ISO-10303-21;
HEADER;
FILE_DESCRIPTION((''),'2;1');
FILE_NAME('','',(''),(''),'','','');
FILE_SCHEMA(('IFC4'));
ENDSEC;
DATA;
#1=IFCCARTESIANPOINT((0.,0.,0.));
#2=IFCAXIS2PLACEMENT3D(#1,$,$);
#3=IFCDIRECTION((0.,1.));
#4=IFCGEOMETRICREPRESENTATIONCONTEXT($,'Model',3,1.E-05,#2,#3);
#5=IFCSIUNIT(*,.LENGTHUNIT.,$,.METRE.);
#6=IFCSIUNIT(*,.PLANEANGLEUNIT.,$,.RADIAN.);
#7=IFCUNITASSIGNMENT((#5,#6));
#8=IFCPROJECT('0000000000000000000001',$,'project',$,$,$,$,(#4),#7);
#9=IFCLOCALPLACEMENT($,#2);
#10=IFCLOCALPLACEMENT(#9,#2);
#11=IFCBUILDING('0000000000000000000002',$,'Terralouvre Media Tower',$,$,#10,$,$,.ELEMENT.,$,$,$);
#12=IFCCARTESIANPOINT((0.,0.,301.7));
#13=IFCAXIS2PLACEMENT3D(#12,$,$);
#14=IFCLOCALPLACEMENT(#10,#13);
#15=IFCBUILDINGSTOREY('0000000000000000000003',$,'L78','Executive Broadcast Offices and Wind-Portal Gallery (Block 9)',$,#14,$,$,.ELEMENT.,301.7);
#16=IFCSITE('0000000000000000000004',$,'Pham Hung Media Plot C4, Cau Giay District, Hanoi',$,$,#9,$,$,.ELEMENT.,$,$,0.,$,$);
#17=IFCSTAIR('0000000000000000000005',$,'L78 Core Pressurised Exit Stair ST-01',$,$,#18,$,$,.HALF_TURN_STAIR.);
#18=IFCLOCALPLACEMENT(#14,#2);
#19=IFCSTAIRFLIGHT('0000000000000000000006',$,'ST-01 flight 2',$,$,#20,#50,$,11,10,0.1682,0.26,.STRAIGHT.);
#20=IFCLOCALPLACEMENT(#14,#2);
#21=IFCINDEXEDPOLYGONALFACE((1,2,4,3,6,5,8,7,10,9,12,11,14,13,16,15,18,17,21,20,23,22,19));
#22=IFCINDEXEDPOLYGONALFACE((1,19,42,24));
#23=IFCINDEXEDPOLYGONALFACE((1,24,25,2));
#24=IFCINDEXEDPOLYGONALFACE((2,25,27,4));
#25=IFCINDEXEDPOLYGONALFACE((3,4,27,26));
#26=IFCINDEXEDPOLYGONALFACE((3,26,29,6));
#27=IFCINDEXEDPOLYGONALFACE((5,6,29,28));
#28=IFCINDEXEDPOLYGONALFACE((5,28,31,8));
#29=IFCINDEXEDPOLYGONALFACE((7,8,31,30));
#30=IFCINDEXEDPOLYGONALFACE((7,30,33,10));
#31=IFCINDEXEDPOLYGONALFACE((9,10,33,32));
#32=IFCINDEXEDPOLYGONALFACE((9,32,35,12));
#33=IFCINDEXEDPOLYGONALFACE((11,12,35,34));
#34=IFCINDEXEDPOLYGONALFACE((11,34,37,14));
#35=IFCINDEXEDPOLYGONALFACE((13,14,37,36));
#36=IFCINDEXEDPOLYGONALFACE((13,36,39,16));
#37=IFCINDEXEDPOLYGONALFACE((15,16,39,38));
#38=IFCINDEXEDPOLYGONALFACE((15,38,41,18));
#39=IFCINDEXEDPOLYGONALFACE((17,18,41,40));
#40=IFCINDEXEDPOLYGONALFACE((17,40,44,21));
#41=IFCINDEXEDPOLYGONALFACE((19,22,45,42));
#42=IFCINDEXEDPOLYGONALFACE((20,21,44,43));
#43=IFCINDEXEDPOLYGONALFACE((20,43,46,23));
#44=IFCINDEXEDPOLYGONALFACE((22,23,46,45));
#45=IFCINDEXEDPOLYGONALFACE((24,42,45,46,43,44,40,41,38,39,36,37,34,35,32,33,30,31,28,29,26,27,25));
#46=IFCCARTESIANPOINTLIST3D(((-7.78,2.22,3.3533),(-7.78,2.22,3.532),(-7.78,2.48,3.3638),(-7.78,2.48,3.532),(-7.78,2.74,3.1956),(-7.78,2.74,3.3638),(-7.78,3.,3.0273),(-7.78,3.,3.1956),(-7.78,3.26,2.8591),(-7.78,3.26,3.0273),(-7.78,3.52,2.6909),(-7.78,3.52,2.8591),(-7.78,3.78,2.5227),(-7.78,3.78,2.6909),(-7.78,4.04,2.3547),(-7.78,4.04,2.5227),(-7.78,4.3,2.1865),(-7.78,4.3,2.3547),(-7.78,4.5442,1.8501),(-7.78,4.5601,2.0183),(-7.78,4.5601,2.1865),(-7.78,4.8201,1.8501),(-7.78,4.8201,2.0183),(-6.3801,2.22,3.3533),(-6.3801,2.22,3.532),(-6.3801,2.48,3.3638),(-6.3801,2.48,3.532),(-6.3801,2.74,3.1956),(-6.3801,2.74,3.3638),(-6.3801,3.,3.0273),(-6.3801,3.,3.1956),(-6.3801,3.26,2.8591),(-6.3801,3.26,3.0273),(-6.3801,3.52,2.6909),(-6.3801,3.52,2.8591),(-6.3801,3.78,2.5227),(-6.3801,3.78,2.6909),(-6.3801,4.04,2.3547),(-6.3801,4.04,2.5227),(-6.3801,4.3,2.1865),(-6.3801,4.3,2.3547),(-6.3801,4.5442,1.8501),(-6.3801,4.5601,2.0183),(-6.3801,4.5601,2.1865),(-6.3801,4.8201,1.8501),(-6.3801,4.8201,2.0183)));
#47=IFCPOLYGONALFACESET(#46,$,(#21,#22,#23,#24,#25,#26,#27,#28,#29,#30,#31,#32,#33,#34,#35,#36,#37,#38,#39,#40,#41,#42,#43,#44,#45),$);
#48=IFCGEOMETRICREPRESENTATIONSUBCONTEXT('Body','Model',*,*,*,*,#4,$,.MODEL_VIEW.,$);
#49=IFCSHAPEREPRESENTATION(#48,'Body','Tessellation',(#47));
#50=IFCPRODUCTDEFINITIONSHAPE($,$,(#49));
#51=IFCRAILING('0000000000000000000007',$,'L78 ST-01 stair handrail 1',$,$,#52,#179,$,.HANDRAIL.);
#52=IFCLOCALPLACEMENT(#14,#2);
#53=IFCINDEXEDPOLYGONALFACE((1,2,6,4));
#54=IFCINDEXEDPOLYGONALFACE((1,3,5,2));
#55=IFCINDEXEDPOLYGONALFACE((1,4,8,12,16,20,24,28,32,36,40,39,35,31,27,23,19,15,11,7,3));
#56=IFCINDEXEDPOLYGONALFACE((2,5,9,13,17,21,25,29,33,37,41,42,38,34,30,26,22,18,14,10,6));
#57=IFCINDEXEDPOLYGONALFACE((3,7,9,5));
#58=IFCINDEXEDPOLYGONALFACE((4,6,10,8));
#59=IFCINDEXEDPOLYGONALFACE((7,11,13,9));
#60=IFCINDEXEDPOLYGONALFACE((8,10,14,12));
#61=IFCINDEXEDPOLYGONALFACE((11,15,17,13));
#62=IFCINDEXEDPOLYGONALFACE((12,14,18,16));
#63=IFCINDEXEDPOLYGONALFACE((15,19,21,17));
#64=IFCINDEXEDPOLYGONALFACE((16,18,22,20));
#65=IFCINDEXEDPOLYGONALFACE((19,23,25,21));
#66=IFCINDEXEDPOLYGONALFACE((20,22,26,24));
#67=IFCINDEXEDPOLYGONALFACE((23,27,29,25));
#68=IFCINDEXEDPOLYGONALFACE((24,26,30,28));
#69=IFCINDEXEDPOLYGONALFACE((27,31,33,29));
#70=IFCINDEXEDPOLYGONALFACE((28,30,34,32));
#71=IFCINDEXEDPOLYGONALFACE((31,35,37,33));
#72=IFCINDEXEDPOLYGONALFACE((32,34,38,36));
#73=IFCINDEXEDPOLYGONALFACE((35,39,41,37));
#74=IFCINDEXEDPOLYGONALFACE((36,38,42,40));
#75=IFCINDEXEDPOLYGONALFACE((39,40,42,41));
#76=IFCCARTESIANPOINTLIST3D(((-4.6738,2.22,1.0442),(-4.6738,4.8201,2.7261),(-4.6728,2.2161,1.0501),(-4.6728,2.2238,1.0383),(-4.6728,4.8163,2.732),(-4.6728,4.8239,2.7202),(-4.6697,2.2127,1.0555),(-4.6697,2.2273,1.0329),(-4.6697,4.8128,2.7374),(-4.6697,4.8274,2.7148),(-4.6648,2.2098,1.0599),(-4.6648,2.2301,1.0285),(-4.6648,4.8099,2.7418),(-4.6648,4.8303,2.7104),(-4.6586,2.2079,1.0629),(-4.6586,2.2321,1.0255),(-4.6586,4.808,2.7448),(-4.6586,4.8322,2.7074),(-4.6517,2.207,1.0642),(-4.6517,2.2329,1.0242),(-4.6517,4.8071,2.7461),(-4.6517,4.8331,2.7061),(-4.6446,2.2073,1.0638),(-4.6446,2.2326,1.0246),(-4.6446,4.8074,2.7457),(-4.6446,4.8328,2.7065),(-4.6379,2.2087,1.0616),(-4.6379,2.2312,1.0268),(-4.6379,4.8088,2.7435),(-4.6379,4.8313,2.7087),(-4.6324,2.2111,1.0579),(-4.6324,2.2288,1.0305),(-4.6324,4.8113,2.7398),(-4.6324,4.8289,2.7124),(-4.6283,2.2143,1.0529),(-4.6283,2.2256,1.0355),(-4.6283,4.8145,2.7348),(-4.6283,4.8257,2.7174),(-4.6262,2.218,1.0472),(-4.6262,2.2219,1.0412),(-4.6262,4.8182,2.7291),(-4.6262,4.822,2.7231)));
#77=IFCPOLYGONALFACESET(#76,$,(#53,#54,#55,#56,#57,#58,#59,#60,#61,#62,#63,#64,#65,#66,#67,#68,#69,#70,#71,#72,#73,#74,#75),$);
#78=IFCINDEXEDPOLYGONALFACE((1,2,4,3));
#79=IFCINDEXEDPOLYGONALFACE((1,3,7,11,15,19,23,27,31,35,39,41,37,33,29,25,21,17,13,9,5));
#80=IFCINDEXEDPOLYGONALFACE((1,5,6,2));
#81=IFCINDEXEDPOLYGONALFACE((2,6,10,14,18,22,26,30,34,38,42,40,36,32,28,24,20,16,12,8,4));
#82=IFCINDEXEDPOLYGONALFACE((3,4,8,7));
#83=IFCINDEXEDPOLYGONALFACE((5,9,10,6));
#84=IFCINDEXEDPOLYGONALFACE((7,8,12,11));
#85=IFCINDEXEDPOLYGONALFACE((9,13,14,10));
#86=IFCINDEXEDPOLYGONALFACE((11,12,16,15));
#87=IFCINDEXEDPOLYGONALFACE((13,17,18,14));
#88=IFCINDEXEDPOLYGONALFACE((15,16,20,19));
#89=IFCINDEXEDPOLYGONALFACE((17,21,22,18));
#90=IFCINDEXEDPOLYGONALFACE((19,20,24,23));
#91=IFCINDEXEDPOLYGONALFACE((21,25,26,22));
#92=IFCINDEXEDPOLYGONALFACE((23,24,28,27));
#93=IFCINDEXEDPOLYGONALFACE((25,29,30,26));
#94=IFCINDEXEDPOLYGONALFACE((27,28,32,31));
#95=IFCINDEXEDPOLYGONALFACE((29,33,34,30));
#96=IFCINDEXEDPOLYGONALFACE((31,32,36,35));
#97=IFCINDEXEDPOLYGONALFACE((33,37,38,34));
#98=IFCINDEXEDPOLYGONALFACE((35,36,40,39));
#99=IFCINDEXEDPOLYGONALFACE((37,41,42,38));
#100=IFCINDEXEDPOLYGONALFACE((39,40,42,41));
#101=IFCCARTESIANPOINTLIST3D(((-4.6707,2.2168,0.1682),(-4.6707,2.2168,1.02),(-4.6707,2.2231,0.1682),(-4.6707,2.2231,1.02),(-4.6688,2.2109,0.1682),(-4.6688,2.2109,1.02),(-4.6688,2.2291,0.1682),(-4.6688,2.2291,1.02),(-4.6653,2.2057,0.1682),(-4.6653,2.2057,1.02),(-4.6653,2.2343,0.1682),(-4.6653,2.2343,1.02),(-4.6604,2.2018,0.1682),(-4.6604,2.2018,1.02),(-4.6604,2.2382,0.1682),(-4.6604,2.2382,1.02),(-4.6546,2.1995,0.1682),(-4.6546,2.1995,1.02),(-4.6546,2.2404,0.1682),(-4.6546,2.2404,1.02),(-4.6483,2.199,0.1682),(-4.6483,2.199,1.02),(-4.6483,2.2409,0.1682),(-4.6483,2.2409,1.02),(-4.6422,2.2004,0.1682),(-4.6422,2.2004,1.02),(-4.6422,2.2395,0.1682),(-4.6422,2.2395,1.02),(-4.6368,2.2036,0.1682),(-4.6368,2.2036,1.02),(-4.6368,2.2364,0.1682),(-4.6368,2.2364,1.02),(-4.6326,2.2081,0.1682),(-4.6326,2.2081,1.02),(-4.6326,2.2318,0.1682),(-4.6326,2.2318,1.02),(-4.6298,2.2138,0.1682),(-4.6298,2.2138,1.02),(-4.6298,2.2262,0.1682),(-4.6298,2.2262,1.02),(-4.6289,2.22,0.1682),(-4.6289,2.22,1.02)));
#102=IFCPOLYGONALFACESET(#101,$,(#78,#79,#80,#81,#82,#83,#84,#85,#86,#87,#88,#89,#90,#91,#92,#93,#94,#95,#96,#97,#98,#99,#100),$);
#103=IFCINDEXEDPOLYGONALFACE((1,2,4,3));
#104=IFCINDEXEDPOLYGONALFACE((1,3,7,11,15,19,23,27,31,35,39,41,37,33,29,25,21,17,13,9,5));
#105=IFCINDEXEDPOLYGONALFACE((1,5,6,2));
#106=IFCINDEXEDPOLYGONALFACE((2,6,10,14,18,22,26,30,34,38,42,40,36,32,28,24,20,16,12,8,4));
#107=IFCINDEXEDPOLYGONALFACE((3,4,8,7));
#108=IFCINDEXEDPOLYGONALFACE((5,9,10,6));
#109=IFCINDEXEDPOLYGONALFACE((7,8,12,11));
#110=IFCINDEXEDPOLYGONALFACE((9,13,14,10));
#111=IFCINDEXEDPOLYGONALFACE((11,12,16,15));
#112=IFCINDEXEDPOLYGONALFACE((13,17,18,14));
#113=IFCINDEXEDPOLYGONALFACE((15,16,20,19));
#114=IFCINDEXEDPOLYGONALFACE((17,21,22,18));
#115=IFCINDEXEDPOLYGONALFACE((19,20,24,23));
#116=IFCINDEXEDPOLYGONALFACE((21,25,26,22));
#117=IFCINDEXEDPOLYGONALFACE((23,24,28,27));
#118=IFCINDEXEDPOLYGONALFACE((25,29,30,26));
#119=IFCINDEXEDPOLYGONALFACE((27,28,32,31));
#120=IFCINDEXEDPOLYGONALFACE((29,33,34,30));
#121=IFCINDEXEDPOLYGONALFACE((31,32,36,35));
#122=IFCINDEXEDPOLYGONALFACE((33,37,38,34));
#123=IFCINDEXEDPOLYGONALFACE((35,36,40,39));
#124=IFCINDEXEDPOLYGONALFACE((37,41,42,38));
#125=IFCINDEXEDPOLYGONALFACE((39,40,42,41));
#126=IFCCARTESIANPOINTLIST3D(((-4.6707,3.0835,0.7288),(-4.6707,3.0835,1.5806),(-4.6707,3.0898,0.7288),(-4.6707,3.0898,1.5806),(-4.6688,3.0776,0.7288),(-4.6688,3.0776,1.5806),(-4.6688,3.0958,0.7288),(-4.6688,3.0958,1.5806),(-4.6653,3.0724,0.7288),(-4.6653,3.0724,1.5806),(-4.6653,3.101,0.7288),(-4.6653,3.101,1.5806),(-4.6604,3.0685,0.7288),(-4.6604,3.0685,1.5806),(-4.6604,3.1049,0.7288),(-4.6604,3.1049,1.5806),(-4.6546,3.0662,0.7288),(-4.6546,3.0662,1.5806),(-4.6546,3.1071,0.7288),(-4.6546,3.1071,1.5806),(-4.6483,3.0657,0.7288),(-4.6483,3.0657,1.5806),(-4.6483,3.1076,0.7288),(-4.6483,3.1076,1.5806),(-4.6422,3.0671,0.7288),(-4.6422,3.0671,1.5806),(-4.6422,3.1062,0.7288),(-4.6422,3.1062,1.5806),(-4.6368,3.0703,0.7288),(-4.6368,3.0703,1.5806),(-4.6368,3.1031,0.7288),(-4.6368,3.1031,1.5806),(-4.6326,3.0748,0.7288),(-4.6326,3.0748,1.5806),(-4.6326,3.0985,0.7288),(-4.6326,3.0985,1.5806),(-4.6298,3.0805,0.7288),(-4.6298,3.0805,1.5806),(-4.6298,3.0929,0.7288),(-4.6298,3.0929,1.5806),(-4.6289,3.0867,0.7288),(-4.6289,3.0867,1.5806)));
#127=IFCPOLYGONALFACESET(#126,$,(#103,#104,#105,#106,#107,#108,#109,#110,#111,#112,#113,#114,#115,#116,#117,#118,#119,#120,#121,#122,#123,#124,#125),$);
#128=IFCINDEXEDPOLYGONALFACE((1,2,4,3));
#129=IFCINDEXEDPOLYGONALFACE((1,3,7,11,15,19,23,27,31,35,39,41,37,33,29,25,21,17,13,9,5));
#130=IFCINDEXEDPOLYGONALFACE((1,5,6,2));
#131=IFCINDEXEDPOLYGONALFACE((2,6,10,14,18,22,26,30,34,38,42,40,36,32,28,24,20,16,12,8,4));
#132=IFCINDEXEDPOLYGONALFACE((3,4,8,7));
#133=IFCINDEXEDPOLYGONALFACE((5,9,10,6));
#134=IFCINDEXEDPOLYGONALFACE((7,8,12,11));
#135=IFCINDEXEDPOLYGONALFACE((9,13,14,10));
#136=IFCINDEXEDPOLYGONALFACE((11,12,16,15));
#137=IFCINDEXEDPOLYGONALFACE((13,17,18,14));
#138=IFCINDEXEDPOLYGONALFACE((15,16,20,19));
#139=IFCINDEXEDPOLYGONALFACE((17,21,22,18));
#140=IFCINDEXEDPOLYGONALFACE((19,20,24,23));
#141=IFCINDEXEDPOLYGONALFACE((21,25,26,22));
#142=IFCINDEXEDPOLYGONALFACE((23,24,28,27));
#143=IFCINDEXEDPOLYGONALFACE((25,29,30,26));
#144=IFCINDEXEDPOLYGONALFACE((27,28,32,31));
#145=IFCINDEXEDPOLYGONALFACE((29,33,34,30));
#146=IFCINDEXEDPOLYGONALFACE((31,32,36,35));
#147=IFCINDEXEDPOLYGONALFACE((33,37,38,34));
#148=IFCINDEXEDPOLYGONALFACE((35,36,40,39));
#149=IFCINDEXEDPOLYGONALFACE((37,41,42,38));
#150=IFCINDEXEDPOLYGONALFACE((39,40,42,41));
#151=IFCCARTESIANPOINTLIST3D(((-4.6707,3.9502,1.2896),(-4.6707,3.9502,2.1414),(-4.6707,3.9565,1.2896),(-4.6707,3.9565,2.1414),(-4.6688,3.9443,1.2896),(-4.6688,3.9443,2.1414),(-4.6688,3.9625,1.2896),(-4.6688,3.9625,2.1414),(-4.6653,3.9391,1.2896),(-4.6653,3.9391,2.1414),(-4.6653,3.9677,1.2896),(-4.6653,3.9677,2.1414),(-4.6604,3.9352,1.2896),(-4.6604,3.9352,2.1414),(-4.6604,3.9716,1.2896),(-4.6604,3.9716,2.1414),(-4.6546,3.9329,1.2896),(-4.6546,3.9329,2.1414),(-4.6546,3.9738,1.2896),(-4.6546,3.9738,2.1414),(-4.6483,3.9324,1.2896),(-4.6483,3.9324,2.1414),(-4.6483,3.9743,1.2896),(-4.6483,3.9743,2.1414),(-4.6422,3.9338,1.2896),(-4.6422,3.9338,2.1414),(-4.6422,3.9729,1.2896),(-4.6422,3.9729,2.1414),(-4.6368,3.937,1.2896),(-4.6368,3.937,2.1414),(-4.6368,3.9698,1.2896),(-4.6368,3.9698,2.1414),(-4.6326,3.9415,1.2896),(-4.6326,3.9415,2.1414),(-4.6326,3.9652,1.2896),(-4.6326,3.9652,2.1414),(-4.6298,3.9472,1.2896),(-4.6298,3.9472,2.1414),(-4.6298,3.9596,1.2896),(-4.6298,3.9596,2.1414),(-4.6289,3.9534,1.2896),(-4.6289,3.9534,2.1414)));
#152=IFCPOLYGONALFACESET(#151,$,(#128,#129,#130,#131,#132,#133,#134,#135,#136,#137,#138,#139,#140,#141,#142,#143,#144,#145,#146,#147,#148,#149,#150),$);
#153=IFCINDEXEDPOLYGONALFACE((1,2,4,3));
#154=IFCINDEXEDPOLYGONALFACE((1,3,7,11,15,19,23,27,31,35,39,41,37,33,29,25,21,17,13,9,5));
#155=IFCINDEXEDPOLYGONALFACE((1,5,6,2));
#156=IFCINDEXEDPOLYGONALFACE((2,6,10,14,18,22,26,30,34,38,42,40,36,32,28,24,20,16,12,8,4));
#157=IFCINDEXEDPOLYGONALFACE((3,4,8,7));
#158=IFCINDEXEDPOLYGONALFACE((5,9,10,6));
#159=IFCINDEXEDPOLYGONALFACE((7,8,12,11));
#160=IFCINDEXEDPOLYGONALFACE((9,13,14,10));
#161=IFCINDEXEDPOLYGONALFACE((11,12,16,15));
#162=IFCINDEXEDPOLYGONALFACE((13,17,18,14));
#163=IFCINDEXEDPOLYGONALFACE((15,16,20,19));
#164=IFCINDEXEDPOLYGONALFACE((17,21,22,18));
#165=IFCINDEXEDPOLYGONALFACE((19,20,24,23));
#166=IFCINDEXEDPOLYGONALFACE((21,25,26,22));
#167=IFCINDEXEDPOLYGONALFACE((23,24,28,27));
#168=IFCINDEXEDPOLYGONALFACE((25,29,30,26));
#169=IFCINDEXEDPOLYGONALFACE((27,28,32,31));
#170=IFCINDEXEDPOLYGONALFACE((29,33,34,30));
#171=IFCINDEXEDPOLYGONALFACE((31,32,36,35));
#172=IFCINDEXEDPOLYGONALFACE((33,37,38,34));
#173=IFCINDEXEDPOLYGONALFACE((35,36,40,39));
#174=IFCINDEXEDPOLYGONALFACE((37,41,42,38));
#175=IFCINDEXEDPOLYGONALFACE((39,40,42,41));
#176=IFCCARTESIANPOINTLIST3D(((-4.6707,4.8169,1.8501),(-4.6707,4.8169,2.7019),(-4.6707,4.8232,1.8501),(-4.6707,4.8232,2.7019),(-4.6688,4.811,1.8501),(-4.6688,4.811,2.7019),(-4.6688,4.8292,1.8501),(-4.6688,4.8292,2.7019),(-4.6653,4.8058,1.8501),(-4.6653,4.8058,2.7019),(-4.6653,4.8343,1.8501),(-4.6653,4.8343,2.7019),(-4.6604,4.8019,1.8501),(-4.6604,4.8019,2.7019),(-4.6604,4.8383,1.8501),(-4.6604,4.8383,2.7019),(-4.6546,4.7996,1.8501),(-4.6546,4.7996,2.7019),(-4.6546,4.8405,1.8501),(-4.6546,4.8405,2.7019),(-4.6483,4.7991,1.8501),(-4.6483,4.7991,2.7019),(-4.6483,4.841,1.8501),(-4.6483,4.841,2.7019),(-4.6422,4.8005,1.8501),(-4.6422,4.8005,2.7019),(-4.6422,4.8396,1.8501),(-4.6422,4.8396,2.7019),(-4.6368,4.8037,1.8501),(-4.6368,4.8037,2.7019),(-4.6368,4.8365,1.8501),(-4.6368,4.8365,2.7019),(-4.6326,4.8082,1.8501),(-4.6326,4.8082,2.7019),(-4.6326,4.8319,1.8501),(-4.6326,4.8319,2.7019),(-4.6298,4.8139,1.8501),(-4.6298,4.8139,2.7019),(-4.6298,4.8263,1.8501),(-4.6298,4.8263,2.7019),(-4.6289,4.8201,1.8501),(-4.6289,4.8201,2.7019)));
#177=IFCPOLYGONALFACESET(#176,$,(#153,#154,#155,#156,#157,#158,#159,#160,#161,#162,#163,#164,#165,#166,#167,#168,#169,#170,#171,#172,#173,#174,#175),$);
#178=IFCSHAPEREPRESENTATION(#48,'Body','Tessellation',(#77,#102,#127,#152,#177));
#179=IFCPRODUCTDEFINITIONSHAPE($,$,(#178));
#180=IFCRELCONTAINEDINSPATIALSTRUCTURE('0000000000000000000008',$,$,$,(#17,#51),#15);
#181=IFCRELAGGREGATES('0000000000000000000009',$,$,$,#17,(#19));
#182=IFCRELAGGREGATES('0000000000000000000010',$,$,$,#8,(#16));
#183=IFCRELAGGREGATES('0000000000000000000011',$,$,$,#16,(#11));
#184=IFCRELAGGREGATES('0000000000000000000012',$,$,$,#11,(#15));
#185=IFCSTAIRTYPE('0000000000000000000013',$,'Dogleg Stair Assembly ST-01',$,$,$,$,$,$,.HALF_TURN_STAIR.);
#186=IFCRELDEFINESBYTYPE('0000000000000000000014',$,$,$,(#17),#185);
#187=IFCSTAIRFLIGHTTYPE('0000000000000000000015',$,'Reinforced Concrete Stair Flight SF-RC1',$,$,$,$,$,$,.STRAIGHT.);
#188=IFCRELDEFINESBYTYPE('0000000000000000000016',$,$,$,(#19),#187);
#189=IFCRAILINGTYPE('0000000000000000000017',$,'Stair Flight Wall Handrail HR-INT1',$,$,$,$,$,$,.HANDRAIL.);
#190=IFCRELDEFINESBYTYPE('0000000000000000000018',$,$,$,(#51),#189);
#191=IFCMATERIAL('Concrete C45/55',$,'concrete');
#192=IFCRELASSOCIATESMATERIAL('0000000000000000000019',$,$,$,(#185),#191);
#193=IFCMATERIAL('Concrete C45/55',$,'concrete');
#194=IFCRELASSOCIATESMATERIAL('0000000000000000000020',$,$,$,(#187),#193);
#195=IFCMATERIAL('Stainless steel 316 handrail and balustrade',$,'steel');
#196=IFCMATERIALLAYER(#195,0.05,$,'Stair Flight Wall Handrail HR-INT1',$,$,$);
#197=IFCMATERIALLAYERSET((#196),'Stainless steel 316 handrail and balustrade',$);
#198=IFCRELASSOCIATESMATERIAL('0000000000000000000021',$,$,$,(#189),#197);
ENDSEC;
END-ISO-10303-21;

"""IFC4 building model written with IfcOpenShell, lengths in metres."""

from ifc_helpers import new_model, si_unit, direction, frame, origin, origin_2d, place, context, subcontext, project, spatial, polyline, circle, outline, extrude, material, layer, layer_set, type_object, element, aggregate, save


model = new_model("IFC4")

# Units and contexts
model_context = context("Model", 3, precision=1e-05, world=origin(), true_north=direction((0.0, 1.0)))
body_context = subcontext(model_context, "Body", "Model", "MODEL_VIEW")
ifc_project = project(units=[si_unit("LENGTHUNIT", "METRE"), si_unit("PLANEANGLEUNIT", "RADIAN")], contexts=[model_context])

# Site, building, storey
site_placement = place(None, origin())
site = spatial("IfcSite", under=ifc_project, at=site_placement, Name="Pham Hung Media Plot C4, Cau Giay District, Hanoi", CompositionType="ELEMENT", RefElevation=0.0)
building_placement = place(site_placement, origin())
building = spatial("IfcBuilding", under=site, at=building_placement, Name="Terralouvre Media Tower", CompositionType="ELEMENT")
storey_placement = place(building_placement, frame((0.0, 0.0, 301.7)))
storey = spatial("IfcBuildingStorey", under=building, at=storey_placement, Name="L78", Description="Executive Broadcast Offices and Wind-Portal Gallery (Block 9)", CompositionType="ELEMENT", Elevation=301.7)

# Stair
ifc_material_1 = material(Name="Concrete C45/55", Category="concrete")
stair_type_1 = type_object("IfcStairType", Name="Dogleg Stair Assembly ST-01", PredefinedType="HALF_TURN_STAIR", material=ifc_material_1)
stair_1_placement = place(storey_placement, origin())
stair_1 = element("IfcStair", 1, at=stair_1_placement, inside=storey, type_object=stair_type_1, Name="L78 Core Pressurised Exit Stair ST-01", PredefinedType="HALF_TURN_STAIR")

# Stair flight
ifc_material_2 = material(Name="Concrete C45/55", Category="concrete")
stair_flight_type = type_object("IfcStairFlightType", Name="Reinforced Concrete Stair Flight SF-RC1", PredefinedType="STRAIGHT", material=ifc_material_2)
stair_flight_1_placement = place(storey_placement, frame((-7.0801, 4.8201, 1.8501), z_axis=(0.0, 0.0, 1.0), x_axis=(0.0, -1.0, 0.0)))
stair_flight_1 = element("IfcStairFlight", 2, at=stair_flight_1_placement, type_object=stair_flight_type, Name="ST-01 flight 2", NumberOfRisers=11, NumberOfTreads=10, PredefinedType="STRAIGHT", RiserHeight=0.1682, TreadLength=0.26, context=body_context, shape_type="SweptSolid", body=[
    extrude(outline(polyline([(0.0, 0.0), (0.0, 0.1682), (0.26, 0.1682), (0.26, 0.3364), (0.52, 0.3364), (0.52, 0.5046), (0.78, 0.5046), (0.78, 0.6726), (1.04, 0.6726), (1.04, 0.8408), (1.3, 0.8408), (1.3, 1.009), (1.5601, 1.009), (1.5601, 1.1772), (1.8201, 1.1772), (1.8201, 1.3455), (2.0801, 1.3455), (2.0801, 1.5137), (2.3401, 1.5137), (2.3401, 1.6819), (2.6001, 1.6819), (2.6001, 1.8501), (2.6001, 1.5032), (0.2759, 0.0), (0.0, 0.0)])), frame((0.0, 0.7, 0.0), z_axis=(0.0, -1.0, 0.0), x_axis=(1.0, 0.0, 0.0)), (0.0, 0.0, 1.0), 1.3999),
])
aggregate(stair_1, [stair_flight_1])

# Railing
ifc_material_3 = material(Name="Stainless steel 316 handrail and balustrade", Category="steel")
ifc_layer_1 = layer(ifc_material_3, 0.05, Name="Stair Flight Wall Handrail HR-INT1")
ifc_layer_set_1 = layer_set([ifc_layer_1], Name="Stainless steel 316 handrail and balustrade")
railing_type_1 = type_object("IfcRailingType", Name="Stair Flight Wall Handrail HR-INT1", PredefinedType="HANDRAIL", material=ifc_layer_set_1)
railing_1_placement = place(storey_placement, frame((-4.6499, 2.22, 0.1682)))
element("IfcRailing", 3, at=railing_1_placement, inside=storey, type_object=railing_type_1, Name="L78 ST-01 stair handrail 1", PredefinedType="HANDRAIL", context=body_context, shape_type="SweptSolid", body=[
    extrude(circle(Radius=0.0239, at=origin_2d()), frame((0.0, 0.0, 0.876), z_axis=(0.0, 0.839648, 0.54313), x_axis=(-1.0, 0.0, 0.0)), (0.0, 0.0, 1.0), 3.0967),
    extrude(circle(Radius=0.021, at=origin_2d()), origin(), (0.0, 0.0, 1.0), 0.8518),
    extrude(circle(Radius=0.021, at=origin_2d()), frame((0.0, 0.8667, 0.5605)), (0.0, 0.0, 1.0), 0.8518),
    extrude(circle(Radius=0.021, at=origin_2d()), frame((0.0, 1.7334, 1.1213)), (0.0, 0.0, 1.0), 0.8518),
    extrude(circle(Radius=0.021, at=origin_2d()), frame((0.0, 2.6001, 1.6819)), (0.0, 0.0, 1.0), 0.8518),
])

save(model, "model.ifc")
